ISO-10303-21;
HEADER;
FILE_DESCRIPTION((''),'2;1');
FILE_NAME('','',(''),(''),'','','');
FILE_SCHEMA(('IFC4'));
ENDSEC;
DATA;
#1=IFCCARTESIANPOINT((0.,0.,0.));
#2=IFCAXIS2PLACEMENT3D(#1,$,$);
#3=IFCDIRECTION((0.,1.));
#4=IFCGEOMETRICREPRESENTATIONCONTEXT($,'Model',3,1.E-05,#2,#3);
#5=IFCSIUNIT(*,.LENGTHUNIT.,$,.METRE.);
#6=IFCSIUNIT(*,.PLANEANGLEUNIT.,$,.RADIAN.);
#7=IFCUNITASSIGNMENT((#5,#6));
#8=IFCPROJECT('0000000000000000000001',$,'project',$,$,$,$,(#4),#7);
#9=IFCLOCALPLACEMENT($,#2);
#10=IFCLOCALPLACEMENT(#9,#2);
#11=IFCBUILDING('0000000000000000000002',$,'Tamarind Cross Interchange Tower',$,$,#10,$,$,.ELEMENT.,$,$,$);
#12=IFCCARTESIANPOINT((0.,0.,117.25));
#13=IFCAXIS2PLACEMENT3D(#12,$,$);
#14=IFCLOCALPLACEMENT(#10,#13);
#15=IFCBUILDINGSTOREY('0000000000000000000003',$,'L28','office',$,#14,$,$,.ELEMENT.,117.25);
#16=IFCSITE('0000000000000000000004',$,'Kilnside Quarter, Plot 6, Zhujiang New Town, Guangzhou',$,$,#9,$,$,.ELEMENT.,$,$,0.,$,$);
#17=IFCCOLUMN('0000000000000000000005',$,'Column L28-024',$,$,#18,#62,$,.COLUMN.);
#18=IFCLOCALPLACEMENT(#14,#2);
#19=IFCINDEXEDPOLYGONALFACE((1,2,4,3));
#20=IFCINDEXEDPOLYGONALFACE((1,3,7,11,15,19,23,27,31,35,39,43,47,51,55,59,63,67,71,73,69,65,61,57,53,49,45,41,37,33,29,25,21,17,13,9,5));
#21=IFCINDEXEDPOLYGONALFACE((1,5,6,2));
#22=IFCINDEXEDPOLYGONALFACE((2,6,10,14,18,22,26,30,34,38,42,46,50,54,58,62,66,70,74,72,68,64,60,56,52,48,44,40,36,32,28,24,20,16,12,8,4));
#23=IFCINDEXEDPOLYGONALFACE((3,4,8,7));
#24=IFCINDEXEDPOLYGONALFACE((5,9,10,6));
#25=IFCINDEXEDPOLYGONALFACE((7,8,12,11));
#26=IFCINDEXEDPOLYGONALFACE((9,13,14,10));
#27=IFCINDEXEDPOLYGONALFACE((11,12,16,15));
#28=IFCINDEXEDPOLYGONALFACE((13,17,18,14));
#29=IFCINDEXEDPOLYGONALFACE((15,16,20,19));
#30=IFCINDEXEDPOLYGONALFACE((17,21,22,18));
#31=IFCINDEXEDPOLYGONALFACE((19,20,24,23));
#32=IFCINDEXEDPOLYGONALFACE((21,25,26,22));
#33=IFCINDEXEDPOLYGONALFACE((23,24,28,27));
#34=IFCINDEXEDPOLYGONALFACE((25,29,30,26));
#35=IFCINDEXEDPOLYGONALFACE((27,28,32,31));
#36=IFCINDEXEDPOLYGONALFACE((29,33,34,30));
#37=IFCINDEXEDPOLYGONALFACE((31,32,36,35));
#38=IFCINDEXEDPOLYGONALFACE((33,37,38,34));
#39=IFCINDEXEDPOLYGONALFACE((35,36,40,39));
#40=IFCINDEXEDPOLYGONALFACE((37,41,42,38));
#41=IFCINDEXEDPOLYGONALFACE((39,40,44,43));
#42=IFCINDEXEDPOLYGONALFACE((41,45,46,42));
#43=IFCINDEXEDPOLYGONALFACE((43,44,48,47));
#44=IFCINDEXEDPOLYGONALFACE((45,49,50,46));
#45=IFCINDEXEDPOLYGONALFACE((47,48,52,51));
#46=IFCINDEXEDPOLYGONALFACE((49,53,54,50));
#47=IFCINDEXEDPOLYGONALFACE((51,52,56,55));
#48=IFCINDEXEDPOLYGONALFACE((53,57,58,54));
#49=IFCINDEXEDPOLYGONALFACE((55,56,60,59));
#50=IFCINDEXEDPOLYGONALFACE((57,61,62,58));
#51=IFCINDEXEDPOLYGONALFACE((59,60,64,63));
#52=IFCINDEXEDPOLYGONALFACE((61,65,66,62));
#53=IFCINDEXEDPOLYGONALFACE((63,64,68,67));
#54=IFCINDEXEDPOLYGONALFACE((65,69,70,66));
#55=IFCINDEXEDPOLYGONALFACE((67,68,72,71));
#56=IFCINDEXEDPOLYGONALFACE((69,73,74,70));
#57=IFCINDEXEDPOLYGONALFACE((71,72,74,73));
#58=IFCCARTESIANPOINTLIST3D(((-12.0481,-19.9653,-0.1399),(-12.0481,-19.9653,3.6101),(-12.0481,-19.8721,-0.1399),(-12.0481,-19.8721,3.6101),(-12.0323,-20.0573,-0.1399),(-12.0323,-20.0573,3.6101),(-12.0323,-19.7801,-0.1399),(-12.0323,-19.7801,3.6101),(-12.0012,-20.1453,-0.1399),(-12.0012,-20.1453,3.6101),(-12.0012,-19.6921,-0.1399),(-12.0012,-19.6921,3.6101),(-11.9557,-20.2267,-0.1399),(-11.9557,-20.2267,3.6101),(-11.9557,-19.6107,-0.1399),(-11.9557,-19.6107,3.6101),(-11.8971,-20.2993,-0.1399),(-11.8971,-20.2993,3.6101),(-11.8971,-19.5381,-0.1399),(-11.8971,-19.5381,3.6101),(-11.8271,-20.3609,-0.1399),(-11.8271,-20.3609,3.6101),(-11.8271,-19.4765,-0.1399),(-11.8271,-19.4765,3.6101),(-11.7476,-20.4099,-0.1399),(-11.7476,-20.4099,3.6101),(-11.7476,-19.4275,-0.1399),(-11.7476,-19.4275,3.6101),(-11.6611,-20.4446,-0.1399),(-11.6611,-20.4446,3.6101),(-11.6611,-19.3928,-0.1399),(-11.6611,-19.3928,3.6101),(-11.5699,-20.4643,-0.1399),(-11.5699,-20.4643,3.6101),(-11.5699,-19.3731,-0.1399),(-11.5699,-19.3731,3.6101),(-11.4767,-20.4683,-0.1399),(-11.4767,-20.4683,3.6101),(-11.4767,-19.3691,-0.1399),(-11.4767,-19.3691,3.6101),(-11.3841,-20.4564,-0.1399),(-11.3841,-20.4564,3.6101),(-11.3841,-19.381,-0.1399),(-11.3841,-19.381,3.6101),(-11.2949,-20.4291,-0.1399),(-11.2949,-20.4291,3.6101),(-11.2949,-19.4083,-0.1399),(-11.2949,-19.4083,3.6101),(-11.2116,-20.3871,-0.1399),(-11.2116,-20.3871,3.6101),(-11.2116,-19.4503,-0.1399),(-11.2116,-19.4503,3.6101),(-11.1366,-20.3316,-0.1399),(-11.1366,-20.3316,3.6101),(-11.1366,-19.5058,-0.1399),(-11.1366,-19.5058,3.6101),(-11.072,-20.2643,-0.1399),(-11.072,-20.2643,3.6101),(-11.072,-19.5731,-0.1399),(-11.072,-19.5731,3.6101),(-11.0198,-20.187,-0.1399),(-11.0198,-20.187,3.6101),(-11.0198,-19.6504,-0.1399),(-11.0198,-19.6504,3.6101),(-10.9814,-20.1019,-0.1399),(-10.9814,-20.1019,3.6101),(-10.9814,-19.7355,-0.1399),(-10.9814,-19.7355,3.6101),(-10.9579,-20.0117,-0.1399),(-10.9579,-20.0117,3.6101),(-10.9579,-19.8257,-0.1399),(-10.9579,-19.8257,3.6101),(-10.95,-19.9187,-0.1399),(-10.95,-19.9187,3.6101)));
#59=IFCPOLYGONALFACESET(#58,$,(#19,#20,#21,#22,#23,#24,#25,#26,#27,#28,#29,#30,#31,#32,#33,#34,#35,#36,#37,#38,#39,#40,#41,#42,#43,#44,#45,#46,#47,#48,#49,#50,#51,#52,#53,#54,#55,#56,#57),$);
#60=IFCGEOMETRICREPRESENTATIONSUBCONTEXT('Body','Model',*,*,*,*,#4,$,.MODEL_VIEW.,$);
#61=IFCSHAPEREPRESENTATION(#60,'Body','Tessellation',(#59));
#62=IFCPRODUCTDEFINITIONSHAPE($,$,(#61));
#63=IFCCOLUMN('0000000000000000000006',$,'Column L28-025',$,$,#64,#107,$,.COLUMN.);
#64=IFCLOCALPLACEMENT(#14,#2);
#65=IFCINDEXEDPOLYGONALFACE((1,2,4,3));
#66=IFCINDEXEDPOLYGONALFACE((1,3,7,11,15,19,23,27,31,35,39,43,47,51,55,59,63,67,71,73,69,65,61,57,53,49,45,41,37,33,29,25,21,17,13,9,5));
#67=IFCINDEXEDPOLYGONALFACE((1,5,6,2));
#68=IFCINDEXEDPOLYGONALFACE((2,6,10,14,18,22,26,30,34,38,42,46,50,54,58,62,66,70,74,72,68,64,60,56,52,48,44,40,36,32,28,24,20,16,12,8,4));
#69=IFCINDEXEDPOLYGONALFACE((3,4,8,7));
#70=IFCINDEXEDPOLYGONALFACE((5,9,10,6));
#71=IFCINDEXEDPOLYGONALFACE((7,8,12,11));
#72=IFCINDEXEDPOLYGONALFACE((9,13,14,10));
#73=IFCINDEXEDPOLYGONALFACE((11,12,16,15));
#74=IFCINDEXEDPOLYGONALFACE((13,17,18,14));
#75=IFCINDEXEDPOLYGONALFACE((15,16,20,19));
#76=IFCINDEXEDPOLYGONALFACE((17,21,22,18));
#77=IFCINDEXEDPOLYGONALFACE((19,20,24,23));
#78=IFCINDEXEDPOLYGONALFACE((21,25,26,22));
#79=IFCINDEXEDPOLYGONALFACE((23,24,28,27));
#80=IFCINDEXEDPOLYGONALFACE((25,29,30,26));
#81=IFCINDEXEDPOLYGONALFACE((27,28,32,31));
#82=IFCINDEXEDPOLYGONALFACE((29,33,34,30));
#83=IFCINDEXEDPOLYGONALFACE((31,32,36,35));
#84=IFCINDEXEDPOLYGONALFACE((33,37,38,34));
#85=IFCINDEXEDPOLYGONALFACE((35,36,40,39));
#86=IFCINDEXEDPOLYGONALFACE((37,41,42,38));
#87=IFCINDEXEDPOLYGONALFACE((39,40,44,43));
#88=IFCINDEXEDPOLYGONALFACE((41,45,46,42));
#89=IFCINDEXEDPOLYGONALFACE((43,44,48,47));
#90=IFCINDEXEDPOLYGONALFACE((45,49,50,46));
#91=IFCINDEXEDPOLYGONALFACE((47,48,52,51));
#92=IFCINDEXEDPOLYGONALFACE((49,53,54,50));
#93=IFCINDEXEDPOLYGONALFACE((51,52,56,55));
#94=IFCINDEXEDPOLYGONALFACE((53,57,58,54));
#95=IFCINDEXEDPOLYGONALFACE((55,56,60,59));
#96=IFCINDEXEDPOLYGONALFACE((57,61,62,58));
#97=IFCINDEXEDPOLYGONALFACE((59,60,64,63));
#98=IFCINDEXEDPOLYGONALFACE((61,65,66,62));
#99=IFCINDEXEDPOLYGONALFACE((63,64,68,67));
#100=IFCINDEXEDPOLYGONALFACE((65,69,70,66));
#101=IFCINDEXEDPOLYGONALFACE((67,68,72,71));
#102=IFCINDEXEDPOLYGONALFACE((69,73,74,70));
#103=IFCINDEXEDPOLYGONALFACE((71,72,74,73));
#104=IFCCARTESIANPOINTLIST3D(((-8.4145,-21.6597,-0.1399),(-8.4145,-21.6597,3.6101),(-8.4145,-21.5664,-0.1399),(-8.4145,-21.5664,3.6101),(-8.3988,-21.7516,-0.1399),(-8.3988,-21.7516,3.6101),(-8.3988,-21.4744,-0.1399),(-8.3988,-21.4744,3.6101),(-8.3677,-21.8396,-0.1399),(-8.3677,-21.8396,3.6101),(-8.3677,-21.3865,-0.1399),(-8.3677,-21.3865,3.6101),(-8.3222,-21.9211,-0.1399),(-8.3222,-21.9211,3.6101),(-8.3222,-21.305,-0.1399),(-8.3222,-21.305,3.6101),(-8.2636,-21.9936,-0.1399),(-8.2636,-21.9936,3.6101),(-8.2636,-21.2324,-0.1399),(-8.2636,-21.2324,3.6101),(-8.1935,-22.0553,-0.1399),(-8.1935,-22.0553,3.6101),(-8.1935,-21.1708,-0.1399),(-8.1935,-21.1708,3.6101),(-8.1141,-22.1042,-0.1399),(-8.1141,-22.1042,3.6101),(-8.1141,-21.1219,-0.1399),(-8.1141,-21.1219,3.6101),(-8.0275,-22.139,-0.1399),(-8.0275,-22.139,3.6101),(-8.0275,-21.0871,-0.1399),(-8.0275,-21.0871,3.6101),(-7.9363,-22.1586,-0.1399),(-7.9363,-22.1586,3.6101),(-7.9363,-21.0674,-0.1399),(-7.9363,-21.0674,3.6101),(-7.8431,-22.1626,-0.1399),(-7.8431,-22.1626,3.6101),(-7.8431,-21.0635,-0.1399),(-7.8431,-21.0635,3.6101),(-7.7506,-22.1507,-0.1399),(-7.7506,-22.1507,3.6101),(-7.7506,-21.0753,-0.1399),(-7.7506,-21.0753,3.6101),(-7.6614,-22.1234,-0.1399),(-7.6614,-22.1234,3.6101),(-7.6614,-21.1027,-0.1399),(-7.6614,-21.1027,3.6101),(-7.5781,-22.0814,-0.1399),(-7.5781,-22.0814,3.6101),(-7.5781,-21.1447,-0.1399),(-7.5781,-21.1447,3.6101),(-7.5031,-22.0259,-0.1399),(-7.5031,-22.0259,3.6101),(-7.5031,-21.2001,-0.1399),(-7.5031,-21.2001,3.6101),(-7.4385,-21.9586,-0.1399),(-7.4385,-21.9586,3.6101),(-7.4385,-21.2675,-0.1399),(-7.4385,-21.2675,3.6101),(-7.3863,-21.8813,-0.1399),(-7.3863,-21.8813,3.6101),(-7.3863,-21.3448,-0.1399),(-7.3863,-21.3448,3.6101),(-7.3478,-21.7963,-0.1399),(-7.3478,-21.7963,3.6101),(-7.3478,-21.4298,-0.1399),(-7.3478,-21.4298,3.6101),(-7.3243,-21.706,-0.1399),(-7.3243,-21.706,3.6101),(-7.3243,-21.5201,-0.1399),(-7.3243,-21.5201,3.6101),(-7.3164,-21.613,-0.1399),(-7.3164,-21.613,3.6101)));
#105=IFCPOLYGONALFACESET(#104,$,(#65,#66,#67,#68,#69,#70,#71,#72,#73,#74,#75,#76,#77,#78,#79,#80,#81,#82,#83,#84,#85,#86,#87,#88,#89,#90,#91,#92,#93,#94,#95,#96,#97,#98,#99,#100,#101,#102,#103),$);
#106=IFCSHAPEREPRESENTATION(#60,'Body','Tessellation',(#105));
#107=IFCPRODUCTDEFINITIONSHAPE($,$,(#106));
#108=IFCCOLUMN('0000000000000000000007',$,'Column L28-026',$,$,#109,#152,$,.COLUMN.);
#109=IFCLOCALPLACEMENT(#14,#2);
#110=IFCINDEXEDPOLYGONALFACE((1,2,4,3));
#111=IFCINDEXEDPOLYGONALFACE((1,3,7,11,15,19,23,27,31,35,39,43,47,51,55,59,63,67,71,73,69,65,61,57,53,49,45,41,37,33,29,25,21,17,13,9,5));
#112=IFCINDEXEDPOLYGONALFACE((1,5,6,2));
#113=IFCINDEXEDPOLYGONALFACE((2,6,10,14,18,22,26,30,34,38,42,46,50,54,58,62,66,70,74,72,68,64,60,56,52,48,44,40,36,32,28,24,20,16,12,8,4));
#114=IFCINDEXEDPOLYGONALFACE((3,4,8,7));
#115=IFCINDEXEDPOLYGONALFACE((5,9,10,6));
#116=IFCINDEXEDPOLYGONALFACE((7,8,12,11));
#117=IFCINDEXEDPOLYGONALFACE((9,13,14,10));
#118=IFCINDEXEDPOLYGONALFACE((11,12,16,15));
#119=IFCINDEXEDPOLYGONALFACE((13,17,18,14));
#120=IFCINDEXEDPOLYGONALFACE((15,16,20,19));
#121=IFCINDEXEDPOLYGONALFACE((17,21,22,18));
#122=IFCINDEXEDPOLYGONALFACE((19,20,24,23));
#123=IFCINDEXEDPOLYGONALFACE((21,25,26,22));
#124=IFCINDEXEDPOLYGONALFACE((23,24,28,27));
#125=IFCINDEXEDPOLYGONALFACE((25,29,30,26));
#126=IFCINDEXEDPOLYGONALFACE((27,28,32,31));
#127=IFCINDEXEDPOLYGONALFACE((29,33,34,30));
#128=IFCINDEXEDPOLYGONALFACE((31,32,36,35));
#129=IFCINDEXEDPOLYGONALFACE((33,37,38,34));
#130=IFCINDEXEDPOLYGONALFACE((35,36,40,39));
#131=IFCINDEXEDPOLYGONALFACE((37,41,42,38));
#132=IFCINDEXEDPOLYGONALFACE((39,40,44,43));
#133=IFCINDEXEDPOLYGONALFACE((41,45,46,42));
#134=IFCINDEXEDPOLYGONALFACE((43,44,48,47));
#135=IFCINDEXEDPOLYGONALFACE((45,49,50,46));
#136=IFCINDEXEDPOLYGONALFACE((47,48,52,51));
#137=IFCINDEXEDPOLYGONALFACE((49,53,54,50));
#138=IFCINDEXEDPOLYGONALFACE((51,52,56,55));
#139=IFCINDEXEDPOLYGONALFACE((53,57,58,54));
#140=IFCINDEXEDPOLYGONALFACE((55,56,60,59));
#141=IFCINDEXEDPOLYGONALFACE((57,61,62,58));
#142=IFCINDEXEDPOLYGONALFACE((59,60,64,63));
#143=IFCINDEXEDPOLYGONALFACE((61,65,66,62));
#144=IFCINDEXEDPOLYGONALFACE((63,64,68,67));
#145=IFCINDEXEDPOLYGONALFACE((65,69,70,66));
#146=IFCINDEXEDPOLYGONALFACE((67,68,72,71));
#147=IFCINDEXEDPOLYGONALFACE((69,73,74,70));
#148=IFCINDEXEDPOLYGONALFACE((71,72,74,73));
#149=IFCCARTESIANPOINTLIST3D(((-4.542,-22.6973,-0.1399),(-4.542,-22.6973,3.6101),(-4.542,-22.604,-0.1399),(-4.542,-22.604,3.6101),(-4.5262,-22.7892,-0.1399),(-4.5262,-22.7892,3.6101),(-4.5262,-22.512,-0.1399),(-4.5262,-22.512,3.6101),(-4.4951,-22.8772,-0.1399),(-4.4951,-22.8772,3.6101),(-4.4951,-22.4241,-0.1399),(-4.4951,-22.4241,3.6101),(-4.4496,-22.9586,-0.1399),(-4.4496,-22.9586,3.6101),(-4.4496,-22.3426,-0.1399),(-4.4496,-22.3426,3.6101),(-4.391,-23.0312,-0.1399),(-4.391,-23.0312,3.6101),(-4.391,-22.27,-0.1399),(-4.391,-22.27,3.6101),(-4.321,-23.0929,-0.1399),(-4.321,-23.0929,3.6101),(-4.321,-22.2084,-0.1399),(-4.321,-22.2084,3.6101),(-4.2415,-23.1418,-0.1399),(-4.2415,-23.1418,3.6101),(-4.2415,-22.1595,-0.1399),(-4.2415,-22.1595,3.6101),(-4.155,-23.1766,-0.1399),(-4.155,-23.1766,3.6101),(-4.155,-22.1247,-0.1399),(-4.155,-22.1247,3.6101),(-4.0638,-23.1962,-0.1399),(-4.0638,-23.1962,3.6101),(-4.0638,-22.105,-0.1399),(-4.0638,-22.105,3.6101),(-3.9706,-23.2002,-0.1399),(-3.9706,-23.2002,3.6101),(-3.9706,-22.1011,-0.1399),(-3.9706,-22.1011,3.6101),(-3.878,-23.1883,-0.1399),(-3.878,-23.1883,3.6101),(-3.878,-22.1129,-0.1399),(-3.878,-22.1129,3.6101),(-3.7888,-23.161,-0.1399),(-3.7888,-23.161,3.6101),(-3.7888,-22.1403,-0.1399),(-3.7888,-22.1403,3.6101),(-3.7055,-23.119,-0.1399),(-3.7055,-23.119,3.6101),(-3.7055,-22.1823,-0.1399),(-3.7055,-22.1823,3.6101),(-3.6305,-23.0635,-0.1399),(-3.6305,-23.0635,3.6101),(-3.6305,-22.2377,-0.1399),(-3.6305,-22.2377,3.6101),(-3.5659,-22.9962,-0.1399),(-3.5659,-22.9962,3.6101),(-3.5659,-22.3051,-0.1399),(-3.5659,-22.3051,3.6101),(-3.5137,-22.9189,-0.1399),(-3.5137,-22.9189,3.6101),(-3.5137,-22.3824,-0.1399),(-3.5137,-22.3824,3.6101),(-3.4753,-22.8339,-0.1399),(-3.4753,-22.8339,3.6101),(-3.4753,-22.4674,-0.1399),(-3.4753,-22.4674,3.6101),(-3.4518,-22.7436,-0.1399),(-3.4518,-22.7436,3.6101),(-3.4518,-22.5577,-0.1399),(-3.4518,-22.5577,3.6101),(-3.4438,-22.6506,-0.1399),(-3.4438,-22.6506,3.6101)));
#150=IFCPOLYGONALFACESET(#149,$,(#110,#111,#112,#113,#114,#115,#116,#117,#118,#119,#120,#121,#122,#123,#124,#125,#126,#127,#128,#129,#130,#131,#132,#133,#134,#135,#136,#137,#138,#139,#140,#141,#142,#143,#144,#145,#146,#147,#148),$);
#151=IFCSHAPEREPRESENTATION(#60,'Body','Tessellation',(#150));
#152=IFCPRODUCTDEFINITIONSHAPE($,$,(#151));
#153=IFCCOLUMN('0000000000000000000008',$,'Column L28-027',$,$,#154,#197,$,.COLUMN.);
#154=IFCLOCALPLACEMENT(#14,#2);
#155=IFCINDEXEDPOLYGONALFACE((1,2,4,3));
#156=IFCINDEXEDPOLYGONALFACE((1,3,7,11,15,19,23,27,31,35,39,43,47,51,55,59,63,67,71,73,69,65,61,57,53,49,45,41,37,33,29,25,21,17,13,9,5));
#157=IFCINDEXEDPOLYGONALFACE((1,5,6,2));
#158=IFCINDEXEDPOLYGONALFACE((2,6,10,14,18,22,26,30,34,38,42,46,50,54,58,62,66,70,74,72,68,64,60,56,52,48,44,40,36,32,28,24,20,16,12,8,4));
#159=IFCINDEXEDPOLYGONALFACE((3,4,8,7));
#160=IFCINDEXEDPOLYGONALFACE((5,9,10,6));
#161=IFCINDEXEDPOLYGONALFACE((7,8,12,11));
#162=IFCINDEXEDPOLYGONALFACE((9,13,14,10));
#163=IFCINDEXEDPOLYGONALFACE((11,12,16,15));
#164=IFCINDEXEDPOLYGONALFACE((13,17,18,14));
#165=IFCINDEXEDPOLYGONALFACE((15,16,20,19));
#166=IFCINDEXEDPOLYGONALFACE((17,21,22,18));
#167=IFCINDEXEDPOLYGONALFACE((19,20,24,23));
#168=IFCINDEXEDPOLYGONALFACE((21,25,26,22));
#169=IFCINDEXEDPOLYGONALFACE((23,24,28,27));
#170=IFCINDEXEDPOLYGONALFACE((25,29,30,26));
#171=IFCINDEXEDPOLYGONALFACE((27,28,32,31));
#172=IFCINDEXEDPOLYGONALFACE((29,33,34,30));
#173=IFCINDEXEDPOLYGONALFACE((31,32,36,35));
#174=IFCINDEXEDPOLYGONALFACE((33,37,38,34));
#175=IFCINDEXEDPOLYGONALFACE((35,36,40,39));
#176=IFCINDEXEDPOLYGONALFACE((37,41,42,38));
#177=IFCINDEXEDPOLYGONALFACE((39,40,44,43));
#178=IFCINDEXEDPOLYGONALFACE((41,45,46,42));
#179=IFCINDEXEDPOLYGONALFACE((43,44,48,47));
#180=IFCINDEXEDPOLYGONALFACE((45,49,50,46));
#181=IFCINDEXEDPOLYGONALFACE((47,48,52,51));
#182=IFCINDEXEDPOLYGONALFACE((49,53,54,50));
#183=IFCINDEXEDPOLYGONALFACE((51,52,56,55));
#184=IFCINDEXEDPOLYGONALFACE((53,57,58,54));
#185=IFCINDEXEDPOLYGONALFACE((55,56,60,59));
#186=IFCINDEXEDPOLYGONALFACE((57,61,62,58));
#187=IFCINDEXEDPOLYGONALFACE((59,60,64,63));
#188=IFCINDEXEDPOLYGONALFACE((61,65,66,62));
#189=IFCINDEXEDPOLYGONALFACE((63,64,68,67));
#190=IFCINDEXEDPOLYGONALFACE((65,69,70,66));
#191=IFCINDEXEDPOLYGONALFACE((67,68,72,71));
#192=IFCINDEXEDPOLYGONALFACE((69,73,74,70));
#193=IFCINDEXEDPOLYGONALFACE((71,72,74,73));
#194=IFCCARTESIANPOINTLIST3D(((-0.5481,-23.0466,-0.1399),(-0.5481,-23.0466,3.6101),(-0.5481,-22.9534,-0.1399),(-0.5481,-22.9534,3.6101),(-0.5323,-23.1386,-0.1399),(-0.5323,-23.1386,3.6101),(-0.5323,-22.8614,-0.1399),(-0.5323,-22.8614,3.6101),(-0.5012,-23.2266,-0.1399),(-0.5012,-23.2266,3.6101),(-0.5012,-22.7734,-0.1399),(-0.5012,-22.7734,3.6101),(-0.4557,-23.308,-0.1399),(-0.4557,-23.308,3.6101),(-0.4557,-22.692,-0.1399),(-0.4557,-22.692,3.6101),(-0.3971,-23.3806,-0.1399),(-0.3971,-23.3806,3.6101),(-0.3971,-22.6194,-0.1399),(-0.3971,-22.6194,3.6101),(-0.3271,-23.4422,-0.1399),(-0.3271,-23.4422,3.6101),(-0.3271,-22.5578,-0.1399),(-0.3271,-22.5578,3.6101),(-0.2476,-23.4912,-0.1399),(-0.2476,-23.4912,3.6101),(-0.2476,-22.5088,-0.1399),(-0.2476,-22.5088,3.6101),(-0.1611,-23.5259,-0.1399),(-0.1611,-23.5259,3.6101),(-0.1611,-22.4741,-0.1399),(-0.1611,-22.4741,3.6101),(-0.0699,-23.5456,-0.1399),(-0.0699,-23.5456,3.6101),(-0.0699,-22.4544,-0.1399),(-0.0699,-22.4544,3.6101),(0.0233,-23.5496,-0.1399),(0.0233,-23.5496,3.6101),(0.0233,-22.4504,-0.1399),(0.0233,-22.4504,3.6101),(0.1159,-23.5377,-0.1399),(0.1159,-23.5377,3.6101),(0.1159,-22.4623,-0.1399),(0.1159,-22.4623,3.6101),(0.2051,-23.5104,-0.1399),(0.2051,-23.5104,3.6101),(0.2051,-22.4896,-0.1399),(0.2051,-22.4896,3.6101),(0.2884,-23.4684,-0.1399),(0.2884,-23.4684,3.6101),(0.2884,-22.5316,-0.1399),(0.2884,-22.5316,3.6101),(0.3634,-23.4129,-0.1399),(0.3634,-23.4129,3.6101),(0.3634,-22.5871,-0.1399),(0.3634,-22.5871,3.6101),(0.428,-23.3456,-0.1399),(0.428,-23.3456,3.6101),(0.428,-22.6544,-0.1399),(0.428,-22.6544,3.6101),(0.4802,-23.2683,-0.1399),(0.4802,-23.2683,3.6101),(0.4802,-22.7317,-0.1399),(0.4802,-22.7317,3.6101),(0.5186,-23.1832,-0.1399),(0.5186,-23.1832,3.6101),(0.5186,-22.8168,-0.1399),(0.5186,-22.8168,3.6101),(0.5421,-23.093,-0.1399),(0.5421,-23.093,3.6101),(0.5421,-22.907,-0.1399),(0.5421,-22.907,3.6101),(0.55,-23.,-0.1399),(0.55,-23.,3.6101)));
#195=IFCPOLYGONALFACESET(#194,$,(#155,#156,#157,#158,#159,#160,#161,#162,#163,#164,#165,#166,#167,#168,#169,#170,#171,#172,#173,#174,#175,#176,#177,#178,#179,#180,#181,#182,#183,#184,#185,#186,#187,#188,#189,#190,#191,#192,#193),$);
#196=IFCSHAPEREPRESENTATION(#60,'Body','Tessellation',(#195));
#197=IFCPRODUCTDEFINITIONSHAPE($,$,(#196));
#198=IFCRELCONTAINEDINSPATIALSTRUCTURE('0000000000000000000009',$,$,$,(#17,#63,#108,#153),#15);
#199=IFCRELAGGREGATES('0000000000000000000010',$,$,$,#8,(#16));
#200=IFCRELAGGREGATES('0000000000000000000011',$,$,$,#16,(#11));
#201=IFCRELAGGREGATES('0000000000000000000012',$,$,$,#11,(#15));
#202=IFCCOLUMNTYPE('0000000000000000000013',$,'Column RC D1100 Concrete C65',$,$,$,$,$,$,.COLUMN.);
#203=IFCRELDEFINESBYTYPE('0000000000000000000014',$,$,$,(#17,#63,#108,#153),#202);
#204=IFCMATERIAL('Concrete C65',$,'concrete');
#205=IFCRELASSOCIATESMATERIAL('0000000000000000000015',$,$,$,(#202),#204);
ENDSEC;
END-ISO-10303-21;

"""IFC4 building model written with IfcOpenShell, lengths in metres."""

from ifc_helpers import new_model, si_unit, direction, frame, origin, origin_2d, place, context, subcontext, project, spatial, circle, extrude, material, material_profile, profile_set, type_object, element, save


model = new_model("IFC4")

# Units and contexts
model_context = context("Model", 3, precision=1e-05, world=origin(), true_north=direction((0.0, 1.0)))
body_context = subcontext(model_context, "Body", "Model", "MODEL_VIEW")
ifc_project = project(units=[si_unit("LENGTHUNIT", "METRE"), si_unit("PLANEANGLEUNIT", "RADIAN")], contexts=[model_context])

# Site, building, storey
site_placement = place(None, origin())
site = spatial("IfcSite", under=ifc_project, at=site_placement, Name="Kilnside Quarter, Plot 6, Zhujiang New Town, Guangzhou", CompositionType="ELEMENT", RefElevation=0.0)
building_placement = place(site_placement, origin())
building = spatial("IfcBuilding", under=site, at=building_placement, Name="Tamarind Cross Interchange Tower", CompositionType="ELEMENT")
storey_placement = place(building_placement, frame((0.0, 0.0, 117.25)))
storey = spatial("IfcBuildingStorey", under=building, at=storey_placement, Name="L28", Description="office", CompositionType="ELEMENT", Elevation=117.25)

# Columns
ifc_material_1 = material(Name="Concrete C65", Category="concrete")
ifc_material_profile_1 = material_profile(ifc_material_1, circle(Radius=0.55, at=origin_2d()), Name="RC D1100")
ifc_profile_set_1 = profile_set([ifc_material_profile_1], Name="Concrete C65")
column_type = type_object("IfcColumnType", Name="Column RC D1100 Concrete C65", PredefinedType="COLUMN", material=ifc_profile_set_1)
for number, where, z_axis, x_axis, name in (
    (1, (-11.5, -19.9187, -0.1399), (0.0, 0.0, 1.0), (1.0, 0.0, 0.0), "Column L28-024"),
    (2, (-7.8665, -21.613, -0.1399), (0.0, 0.0, 1.0), (1.0, 0.0, 0.0), "Column L28-025"),
    (3, (-3.9939, -22.6506, -0.1399), (0.0, 0.0, 1.0), (1.0, 0.0, 0.0), "Column L28-026"),
    (4, (0.0, -23.0, -0.1399), (0.0, 0.0, 1.0), (1.0, 0.0, 0.0), "Column L28-027"),
):
    element("IfcColumn", number, at=place(storey_placement, frame(where, z_axis=z_axis, x_axis=x_axis)), inside=storey, type_object=column_type, Name=name, PredefinedType="COLUMN", context=body_context, shape_type="SweptSolid", body=[
        extrude(circle(Radius=0.55, at=origin_2d()), origin(), (0.0, 0.0, 1.0), 3.75),
    ])

save(model, "model.ifc")
